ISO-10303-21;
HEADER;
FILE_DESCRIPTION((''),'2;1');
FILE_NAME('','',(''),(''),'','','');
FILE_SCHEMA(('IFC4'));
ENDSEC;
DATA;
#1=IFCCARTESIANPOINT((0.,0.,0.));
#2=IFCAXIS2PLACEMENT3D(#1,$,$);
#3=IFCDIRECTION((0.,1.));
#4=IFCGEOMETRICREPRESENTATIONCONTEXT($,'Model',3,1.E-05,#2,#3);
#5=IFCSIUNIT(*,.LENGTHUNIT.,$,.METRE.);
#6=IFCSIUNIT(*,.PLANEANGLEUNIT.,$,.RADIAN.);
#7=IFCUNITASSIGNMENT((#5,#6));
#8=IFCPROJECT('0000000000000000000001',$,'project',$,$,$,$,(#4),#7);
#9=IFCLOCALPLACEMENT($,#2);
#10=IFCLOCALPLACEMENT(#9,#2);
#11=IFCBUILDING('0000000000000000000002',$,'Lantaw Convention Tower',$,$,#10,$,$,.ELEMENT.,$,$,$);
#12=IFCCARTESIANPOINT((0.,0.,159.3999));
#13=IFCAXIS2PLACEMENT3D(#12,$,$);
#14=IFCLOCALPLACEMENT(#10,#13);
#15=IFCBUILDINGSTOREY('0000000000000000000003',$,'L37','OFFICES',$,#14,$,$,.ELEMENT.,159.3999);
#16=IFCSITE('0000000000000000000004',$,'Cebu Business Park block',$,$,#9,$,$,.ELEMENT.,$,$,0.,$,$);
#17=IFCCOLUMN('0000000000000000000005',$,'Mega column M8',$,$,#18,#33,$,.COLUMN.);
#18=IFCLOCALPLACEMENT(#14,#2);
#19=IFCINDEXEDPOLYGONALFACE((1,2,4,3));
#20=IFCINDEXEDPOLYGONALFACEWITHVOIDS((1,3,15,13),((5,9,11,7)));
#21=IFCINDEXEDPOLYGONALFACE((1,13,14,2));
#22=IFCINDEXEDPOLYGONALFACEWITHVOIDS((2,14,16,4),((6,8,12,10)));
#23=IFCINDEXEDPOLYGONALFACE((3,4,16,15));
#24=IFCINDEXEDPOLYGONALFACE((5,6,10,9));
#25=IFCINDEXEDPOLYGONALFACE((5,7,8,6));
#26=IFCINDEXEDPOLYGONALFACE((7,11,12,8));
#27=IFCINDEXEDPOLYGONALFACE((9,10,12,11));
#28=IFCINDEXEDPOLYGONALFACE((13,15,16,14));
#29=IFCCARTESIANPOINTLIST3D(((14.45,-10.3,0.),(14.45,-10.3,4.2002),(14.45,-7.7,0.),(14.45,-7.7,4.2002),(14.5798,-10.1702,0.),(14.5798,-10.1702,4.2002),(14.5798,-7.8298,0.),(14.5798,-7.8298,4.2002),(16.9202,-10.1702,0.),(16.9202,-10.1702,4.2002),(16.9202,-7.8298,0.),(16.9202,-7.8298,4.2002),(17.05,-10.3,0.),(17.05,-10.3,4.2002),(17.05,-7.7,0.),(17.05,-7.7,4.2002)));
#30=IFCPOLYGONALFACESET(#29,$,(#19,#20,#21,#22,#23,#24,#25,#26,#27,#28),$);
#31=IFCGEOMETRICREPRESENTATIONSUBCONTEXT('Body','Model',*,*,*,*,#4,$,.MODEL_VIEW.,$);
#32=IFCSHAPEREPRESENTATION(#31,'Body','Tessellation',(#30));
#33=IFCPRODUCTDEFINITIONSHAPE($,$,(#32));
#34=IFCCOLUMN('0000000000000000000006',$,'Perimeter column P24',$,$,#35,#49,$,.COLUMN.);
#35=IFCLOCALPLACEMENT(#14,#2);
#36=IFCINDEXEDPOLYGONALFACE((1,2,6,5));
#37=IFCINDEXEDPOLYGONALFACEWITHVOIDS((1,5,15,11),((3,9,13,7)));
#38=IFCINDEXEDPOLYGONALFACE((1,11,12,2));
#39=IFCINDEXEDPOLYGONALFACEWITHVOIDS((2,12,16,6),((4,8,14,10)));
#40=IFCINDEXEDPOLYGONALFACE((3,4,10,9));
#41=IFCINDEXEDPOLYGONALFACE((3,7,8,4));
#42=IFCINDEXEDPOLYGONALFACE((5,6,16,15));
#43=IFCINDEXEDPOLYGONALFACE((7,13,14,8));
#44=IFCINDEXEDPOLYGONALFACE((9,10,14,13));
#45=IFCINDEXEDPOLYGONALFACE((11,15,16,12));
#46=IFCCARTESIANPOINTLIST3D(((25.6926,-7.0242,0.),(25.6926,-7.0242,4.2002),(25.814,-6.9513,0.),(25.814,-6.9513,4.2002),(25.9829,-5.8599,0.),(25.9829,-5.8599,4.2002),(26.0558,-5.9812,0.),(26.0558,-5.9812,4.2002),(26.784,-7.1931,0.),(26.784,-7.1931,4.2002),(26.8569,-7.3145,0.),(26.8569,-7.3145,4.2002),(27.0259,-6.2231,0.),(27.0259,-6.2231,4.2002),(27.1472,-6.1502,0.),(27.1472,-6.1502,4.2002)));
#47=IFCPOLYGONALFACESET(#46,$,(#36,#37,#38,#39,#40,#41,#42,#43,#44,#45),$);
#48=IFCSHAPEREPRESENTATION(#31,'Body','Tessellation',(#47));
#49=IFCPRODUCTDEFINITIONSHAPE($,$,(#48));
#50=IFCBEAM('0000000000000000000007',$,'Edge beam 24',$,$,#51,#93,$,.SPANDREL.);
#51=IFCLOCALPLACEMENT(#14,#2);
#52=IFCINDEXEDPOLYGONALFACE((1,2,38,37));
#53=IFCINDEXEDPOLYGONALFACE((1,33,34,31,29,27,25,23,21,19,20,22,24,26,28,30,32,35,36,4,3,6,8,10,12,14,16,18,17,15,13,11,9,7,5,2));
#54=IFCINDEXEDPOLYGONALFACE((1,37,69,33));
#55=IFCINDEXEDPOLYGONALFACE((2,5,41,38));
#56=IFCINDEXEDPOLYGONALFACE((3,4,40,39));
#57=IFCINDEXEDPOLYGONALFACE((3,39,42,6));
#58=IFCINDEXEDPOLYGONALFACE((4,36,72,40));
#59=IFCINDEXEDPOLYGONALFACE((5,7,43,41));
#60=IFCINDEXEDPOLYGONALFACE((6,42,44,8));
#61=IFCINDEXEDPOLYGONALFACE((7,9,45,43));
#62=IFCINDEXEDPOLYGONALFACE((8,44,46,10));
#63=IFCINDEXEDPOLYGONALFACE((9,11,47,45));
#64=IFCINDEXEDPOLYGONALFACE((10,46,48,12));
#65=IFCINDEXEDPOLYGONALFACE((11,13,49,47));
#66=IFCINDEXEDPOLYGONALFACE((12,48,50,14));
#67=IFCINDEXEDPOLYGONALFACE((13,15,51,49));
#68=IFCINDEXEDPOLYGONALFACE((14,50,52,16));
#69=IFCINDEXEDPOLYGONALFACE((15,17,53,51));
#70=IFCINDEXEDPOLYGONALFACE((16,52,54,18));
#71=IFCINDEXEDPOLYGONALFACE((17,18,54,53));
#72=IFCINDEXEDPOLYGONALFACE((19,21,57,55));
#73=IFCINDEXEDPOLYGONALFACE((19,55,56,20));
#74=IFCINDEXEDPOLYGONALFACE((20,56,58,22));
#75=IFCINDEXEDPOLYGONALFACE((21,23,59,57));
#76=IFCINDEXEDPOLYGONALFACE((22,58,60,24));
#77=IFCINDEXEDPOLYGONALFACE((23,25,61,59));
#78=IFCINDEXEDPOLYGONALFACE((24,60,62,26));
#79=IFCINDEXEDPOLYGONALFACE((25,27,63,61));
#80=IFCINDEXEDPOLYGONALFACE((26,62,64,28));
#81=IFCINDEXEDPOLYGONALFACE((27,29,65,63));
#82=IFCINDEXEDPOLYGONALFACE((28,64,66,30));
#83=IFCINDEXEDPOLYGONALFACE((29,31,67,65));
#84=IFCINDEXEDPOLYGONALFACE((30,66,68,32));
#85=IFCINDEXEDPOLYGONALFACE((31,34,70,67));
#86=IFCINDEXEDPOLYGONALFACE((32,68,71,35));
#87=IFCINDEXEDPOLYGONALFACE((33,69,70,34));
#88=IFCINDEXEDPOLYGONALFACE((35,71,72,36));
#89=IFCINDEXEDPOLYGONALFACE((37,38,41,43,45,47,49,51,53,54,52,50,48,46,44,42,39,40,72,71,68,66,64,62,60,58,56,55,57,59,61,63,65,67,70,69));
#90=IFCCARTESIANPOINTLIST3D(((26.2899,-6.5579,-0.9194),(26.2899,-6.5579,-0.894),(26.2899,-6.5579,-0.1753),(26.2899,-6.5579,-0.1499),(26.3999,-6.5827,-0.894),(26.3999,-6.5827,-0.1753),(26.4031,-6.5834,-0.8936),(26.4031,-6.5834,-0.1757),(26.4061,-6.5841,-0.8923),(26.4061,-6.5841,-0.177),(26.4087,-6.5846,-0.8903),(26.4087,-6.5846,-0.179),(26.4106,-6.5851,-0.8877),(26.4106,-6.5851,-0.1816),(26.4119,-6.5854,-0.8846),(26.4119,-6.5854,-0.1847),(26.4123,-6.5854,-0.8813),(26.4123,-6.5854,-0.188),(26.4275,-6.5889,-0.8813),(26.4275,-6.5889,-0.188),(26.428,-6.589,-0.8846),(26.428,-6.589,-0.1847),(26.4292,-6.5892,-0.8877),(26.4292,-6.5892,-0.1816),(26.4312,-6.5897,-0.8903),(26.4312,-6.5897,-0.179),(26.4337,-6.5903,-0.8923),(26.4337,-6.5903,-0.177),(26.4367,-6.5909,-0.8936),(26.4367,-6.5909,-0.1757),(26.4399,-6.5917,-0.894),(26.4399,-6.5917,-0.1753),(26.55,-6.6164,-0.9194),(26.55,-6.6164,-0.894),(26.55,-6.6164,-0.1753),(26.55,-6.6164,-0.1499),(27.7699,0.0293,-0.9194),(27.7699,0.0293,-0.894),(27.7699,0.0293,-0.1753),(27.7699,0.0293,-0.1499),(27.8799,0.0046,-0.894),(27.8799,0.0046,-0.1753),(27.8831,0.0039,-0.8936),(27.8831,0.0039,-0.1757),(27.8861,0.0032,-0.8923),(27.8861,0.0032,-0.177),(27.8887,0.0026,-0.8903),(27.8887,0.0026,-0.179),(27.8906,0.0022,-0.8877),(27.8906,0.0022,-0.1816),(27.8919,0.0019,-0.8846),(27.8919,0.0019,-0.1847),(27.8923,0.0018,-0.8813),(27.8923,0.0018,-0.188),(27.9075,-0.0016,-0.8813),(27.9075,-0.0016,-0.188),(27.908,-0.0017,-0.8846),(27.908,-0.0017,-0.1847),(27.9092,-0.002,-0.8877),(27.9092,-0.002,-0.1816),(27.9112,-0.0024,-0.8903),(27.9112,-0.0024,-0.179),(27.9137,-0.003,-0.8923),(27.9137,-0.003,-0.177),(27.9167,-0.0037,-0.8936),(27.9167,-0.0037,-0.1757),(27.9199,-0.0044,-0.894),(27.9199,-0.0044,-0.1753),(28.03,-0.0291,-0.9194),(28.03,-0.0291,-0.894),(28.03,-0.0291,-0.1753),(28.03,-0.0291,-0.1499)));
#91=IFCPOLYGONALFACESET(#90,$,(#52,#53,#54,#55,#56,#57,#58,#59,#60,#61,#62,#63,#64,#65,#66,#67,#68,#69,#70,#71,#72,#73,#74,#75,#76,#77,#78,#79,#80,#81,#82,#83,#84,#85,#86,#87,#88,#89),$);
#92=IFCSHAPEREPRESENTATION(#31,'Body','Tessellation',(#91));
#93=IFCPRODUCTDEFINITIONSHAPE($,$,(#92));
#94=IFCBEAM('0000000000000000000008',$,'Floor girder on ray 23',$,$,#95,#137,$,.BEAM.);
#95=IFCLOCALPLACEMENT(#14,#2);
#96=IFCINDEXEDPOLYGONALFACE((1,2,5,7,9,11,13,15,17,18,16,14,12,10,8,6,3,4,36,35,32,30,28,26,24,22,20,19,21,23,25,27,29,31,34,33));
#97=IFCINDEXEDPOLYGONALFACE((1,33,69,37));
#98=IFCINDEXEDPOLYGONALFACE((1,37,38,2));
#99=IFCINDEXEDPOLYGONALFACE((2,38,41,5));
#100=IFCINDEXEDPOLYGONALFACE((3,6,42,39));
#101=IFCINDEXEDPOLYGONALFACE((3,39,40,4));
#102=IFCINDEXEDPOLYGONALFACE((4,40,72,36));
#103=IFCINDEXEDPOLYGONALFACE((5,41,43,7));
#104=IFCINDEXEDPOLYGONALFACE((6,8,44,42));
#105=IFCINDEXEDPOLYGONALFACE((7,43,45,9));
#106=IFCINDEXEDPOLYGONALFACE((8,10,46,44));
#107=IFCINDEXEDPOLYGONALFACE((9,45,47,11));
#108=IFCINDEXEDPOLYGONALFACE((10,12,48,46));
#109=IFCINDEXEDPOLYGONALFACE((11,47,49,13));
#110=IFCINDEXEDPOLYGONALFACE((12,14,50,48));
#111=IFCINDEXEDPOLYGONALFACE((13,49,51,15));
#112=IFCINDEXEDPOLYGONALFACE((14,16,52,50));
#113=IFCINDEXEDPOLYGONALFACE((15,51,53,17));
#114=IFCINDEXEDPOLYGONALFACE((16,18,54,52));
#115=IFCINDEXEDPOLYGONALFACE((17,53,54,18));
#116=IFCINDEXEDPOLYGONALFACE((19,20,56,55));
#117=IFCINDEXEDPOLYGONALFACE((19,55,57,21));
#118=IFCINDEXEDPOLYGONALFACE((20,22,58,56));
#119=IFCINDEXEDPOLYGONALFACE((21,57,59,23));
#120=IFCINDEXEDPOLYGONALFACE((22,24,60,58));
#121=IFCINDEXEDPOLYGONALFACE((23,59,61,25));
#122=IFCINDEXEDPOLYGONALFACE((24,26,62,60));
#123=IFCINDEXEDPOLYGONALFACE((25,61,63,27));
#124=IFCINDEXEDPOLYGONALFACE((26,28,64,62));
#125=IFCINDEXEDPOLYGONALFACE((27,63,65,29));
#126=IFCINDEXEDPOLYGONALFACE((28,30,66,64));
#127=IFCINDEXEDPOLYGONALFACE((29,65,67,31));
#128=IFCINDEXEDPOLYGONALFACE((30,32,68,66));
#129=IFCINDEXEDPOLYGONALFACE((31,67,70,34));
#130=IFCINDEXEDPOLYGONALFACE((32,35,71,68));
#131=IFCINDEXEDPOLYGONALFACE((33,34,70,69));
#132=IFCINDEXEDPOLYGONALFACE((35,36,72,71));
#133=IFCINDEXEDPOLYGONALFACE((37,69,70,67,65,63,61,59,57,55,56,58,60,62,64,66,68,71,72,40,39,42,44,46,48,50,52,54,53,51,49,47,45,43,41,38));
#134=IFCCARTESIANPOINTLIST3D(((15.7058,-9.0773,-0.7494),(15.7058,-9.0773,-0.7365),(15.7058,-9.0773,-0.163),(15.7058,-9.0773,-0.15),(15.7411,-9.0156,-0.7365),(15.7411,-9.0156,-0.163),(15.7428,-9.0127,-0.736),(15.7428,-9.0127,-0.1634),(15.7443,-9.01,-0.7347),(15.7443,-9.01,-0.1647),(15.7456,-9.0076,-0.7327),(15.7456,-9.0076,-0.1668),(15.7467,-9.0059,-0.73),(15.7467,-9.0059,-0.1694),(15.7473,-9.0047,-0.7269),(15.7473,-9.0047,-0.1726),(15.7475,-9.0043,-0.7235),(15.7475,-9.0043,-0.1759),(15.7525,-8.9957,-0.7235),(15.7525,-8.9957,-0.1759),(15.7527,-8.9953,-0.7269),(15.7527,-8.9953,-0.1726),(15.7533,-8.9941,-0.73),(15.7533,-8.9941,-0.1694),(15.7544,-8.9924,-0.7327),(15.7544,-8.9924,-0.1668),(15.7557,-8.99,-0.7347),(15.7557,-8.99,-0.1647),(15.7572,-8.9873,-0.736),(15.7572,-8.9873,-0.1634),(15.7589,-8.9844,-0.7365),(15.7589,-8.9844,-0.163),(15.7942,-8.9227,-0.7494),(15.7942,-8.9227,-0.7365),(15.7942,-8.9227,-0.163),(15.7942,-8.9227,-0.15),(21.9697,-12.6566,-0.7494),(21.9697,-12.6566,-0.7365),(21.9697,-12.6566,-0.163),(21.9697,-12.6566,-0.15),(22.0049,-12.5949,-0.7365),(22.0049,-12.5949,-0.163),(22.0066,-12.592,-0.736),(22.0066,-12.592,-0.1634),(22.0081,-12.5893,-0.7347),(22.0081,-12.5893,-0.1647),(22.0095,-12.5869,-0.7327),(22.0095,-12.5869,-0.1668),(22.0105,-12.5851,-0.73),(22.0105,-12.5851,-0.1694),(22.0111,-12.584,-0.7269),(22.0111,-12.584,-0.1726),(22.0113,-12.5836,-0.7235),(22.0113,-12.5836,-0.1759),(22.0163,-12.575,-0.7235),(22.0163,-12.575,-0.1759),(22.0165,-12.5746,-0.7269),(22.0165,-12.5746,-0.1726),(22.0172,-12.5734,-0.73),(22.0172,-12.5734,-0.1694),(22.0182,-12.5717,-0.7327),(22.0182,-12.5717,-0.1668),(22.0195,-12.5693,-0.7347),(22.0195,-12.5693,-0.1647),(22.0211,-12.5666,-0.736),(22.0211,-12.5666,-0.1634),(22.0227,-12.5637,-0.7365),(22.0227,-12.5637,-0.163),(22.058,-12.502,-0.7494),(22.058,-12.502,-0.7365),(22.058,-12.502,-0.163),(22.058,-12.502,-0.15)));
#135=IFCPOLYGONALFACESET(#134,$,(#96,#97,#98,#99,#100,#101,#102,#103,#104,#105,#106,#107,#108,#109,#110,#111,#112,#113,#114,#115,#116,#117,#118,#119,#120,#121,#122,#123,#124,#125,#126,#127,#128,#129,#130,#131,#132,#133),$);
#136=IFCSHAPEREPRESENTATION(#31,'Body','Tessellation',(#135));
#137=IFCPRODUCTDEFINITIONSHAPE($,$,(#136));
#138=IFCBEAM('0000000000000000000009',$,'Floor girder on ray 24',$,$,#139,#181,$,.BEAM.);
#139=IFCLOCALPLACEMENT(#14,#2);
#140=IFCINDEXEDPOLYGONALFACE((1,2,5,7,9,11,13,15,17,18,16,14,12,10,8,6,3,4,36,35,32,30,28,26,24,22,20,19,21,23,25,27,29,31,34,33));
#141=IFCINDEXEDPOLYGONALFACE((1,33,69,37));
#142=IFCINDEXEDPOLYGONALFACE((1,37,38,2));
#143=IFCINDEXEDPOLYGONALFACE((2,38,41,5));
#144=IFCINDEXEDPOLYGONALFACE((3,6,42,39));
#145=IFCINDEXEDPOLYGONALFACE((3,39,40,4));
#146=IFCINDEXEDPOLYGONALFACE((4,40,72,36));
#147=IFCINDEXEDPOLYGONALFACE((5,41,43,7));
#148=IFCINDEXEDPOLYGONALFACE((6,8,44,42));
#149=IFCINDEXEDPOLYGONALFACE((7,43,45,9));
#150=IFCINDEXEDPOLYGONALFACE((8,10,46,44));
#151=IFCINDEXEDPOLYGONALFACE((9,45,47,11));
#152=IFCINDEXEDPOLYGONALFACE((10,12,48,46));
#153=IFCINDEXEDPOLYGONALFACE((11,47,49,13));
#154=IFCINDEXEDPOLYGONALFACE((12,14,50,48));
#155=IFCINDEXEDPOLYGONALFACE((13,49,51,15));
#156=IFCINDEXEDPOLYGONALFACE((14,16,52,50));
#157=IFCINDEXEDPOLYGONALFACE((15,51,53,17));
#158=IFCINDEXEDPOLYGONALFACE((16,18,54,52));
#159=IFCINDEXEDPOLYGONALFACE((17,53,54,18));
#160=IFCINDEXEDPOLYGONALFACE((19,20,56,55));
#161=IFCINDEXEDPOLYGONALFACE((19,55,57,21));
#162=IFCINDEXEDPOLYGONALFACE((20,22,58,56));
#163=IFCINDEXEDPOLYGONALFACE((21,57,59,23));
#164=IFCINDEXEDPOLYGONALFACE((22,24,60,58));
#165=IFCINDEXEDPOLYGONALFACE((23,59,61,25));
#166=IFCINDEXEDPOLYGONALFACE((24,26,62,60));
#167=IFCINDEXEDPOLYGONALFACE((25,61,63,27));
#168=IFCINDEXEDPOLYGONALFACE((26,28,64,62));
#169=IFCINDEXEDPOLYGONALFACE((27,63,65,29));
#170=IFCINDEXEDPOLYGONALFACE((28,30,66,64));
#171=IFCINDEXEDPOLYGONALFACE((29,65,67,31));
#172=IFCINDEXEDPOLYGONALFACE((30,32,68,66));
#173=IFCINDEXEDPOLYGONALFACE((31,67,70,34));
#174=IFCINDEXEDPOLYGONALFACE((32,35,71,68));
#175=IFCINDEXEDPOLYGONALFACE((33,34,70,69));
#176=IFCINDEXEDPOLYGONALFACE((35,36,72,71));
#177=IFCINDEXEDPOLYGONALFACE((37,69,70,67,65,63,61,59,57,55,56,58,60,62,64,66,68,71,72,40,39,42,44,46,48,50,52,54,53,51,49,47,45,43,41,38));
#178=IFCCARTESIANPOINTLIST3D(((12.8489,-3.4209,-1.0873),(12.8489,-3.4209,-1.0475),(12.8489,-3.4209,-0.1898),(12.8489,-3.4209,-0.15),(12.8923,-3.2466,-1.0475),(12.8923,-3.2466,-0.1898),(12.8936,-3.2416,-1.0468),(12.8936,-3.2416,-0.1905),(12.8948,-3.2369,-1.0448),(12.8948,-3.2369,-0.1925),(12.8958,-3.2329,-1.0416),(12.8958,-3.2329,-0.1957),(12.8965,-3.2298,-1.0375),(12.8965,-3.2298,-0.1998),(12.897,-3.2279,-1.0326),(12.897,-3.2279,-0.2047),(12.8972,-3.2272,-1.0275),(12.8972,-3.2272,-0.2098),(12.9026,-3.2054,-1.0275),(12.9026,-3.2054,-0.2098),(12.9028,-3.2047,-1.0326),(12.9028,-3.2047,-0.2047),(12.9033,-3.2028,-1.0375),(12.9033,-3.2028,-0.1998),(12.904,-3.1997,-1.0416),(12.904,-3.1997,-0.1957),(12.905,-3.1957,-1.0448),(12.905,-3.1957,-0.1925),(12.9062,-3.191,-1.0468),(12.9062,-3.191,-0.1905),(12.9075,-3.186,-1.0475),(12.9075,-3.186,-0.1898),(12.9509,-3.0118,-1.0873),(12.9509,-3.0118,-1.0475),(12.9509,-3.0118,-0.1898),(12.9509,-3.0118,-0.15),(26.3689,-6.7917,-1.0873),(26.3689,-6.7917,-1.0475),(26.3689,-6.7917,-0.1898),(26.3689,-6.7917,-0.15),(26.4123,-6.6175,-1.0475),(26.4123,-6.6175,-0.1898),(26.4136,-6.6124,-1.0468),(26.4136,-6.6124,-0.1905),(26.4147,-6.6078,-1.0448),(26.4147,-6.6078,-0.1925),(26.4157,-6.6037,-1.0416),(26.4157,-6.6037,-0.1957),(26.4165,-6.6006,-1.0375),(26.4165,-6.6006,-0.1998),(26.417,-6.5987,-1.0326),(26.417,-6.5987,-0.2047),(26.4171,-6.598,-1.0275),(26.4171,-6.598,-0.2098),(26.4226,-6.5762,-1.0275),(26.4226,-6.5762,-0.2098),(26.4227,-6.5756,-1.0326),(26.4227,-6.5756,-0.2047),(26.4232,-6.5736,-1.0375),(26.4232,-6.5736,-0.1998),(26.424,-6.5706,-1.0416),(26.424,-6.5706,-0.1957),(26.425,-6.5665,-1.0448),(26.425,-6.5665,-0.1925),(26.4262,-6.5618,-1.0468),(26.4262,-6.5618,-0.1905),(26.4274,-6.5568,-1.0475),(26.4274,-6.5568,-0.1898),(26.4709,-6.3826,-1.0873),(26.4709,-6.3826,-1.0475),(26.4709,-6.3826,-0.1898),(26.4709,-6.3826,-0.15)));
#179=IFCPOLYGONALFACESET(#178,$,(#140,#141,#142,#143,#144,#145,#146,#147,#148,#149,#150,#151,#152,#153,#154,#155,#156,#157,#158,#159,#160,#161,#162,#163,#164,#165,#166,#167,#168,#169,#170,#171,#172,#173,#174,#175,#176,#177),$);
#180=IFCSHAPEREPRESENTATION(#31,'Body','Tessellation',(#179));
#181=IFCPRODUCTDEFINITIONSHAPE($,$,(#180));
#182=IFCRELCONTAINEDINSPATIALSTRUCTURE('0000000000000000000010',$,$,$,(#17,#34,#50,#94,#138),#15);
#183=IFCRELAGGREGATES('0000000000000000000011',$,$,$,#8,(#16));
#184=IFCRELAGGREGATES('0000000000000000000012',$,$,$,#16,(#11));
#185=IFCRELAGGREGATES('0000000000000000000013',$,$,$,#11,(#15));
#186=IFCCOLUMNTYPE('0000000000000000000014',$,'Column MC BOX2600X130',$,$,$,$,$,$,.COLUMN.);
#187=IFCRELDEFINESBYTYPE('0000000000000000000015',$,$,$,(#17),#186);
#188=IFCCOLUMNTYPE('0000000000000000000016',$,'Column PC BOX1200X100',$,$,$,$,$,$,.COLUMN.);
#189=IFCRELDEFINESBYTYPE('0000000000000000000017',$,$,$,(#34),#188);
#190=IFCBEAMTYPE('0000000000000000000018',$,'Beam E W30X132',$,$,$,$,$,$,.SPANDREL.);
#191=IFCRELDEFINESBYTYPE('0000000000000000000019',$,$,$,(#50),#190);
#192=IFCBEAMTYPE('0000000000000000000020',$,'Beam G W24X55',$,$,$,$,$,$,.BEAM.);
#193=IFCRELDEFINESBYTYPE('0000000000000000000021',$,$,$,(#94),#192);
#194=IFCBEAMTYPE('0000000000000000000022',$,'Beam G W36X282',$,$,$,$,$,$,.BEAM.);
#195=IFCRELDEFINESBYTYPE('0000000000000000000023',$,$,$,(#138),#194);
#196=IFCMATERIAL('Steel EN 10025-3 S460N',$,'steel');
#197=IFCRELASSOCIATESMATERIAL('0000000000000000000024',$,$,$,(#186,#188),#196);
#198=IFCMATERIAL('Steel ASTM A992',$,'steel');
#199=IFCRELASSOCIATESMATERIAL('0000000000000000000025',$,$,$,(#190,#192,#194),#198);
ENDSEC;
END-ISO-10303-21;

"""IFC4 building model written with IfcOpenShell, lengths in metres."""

from ifc_helpers import new_model, si_unit, direction, frame, origin, origin_2d, place, context, subcontext, project, spatial, rectangle, hollow_rectangle, i_section, extrude, material, material_profile, profile_set, type_object, element, save


model = new_model("IFC4")

# Units and contexts
model_context = context("Model", 3, precision=1e-05, world=origin(), true_north=direction((0.0, 1.0)))
body_context = subcontext(model_context, "Body", "Model", "MODEL_VIEW")
ifc_project = project(units=[si_unit("LENGTHUNIT", "METRE"), si_unit("PLANEANGLEUNIT", "RADIAN")], contexts=[model_context])

# Site, building, storey
site_placement = place(None, origin())
site = spatial("IfcSite", under=ifc_project, at=site_placement, Name="Cebu Business Park block", CompositionType="ELEMENT", RefElevation=0.0)
building_placement = place(site_placement, origin())
building = spatial("IfcBuilding", under=site, at=building_placement, Name="Lantaw Convention Tower", CompositionType="ELEMENT")
storey_placement = place(building_placement, frame((0.0, 0.0, 159.3999)))
storey = spatial("IfcBuildingStorey", under=building, at=storey_placement, Name="L37", Description="OFFICES", CompositionType="ELEMENT", Elevation=159.3999)

# Columns
ifc_material_1 = material(Name="Steel EN 10025-3 S460N", Category="steel")
ifc_material_profile_1 = material_profile(ifc_material_1, hollow_rectangle(XDim=2.6001, YDim=2.6001, WallThickness=0.1299, at=origin_2d()), Name="BOX2600X130")
ifc_material_2 = material(Name="Concrete C60/75", Category="concrete")
ifc_material_profile_2 = material_profile(ifc_material_2, rectangle(XDim=2.3401, YDim=2.3401, at=origin_2d()), Name="Concrete fill of BOX2600X130")
ifc_profile_set_1 = profile_set([ifc_material_profile_1, ifc_material_profile_2], Name="Steel EN 10025-3 S460N")
column_type_1 = type_object("IfcColumnType", Name="Column MC BOX2600X130", PredefinedType="COLUMN", material=ifc_profile_set_1)
column_1_placement = place(storey_placement, frame((15.75, -9.0, 0.0), z_axis=(0.0, 0.0, 1.0), x_axis=(1.0, 0.0, 0.0)))
element("IfcColumn", 1, at=column_1_placement, inside=storey, type_object=column_type_1, Name="Mega column M8", PredefinedType="COLUMN", context=body_context, shape_type="SweptSolid", body=[
    extrude(hollow_rectangle(XDim=2.6001, YDim=2.6001, WallThickness=0.1299, at=origin_2d()), origin(), (0.0, 0.0, 1.0), 4.2002),
])
ifc_material_profile_3 = material_profile(ifc_material_1, hollow_rectangle(XDim=1.2, YDim=1.2, WallThickness=0.1001, at=origin_2d()), Name="BOX1200X100")
ifc_material_profile_4 = material_profile(ifc_material_2, rectangle(XDim=1.0, YDim=1.0, at=origin_2d()), Name="Concrete fill of BOX1200X100")
ifc_profile_set_2 = profile_set([ifc_material_profile_3, ifc_material_profile_4], Name="Steel EN 10025-3 S460N")
column_type_2 = type_object("IfcColumnType", Name="Column PC BOX1200X100", PredefinedType="COLUMN", material=ifc_profile_set_2)
column_2_placement = place(storey_placement, frame((26.4199, -6.5872, 0.0), z_axis=(0.0, 0.0, 1.0), x_axis=(0.241922, 0.970296, 0.0)))
element("IfcColumn", 2, at=column_2_placement, inside=storey, type_object=column_type_2, Name="Perimeter column P24", PredefinedType="COLUMN", context=body_context, shape_type="SweptSolid", body=[
    extrude(hollow_rectangle(XDim=1.2, YDim=1.2, WallThickness=0.1001, at=origin_2d()), origin(), (0.0, 0.0, 1.0), 4.2002),
])

# Beams
ifc_material_3 = material(Name="Steel ASTM A992", Category="steel")
ifc_material_profile_5 = material_profile(ifc_material_3, i_section(OverallWidth=0.2666, OverallDepth=0.7695, WebThickness=0.0156, FlangeThickness=0.0254, FilletRadius=0.0127, at=origin_2d()), Name="W30X132")
ifc_profile_set_3 = profile_set([ifc_material_profile_5], Name="Steel ASTM A992")
beam_type_1 = type_object("IfcBeamType", Name="Beam E W30X132", PredefinedType="SPANDREL", material=ifc_profile_set_3)
beam_1_placement = place(storey_placement, frame((26.4199, -6.5872, -0.5347), z_axis=(0.219212, 0.975677, 0.0), x_axis=(-0.975677, 0.219212, 0.0)))
element("IfcBeam", 3, at=beam_1_placement, inside=storey, type_object=beam_type_1, Name="Edge beam 24", PredefinedType="SPANDREL", context=body_context, shape_type="SweptSolid", body=[
    extrude(i_section(OverallWidth=0.2666, OverallDepth=0.7695, WebThickness=0.0156, FlangeThickness=0.0254, FilletRadius=0.0127, at=origin_2d()), origin(), (0.0, 0.0, 1.0), 6.7515),
])
ifc_material_profile_6 = material_profile(ifc_material_3, i_section(OverallWidth=0.178, OverallDepth=0.5994, WebThickness=0.01, FlangeThickness=0.0129, FilletRadius=0.0129, at=origin_2d()), Name="W24X55")
ifc_profile_set_4 = profile_set([ifc_material_profile_6], Name="Steel ASTM A992")
beam_type_2 = type_object("IfcBeamType", Name="Beam G W24X55", PredefinedType="BEAM", material=ifc_profile_set_4)
beam_2_placement = place(storey_placement, frame((15.75, -9.0, -0.4497), z_axis=(0.868245, -0.496135, 0.0), x_axis=(0.496135, 0.868245, 0.0)))
element("IfcBeam", 4, at=beam_2_placement, inside=storey, type_object=beam_type_2, Name="Floor girder on ray 23", PredefinedType="BEAM", context=body_context, shape_type="SweptSolid", body=[
    extrude(i_section(OverallWidth=0.178, OverallDepth=0.5994, WebThickness=0.01, FlangeThickness=0.0129, FilletRadius=0.0129, at=origin_2d()), origin(), (0.0, 0.0, 1.0), 7.2144),
])
ifc_material_profile_7 = material_profile(ifc_material_3, i_section(OverallWidth=0.4216, OverallDepth=0.9373, WebThickness=0.0225, FlangeThickness=0.0398, FilletRadius=0.02, at=origin_2d()), Name="W36X282")
ifc_profile_set_5 = profile_set([ifc_material_profile_7], Name="Steel ASTM A992")
beam_type_3 = type_object("IfcBeamType", Name="Beam G W36X282", PredefinedType="BEAM", material=ifc_profile_set_5)
beam_3_placement = place(storey_placement, frame((12.8999, -3.2163, -0.6187), z_axis=(0.970297, -0.241917, 0.0), x_axis=(0.241917, 0.970297, 0.0)))
element("IfcBeam", 5, at=beam_3_placement, inside=storey, type_object=beam_type_3, Name="Floor girder on ray 24", PredefinedType="BEAM", context=body_context, shape_type="SweptSolid", body=[
    extrude(i_section(OverallWidth=0.4216, OverallDepth=0.9373, WebThickness=0.0225, FlangeThickness=0.0398, FilletRadius=0.02, at=origin_2d()), origin(), (0.0, 0.0, 1.0), 13.9338),
])

save(model, "model.ifc")
